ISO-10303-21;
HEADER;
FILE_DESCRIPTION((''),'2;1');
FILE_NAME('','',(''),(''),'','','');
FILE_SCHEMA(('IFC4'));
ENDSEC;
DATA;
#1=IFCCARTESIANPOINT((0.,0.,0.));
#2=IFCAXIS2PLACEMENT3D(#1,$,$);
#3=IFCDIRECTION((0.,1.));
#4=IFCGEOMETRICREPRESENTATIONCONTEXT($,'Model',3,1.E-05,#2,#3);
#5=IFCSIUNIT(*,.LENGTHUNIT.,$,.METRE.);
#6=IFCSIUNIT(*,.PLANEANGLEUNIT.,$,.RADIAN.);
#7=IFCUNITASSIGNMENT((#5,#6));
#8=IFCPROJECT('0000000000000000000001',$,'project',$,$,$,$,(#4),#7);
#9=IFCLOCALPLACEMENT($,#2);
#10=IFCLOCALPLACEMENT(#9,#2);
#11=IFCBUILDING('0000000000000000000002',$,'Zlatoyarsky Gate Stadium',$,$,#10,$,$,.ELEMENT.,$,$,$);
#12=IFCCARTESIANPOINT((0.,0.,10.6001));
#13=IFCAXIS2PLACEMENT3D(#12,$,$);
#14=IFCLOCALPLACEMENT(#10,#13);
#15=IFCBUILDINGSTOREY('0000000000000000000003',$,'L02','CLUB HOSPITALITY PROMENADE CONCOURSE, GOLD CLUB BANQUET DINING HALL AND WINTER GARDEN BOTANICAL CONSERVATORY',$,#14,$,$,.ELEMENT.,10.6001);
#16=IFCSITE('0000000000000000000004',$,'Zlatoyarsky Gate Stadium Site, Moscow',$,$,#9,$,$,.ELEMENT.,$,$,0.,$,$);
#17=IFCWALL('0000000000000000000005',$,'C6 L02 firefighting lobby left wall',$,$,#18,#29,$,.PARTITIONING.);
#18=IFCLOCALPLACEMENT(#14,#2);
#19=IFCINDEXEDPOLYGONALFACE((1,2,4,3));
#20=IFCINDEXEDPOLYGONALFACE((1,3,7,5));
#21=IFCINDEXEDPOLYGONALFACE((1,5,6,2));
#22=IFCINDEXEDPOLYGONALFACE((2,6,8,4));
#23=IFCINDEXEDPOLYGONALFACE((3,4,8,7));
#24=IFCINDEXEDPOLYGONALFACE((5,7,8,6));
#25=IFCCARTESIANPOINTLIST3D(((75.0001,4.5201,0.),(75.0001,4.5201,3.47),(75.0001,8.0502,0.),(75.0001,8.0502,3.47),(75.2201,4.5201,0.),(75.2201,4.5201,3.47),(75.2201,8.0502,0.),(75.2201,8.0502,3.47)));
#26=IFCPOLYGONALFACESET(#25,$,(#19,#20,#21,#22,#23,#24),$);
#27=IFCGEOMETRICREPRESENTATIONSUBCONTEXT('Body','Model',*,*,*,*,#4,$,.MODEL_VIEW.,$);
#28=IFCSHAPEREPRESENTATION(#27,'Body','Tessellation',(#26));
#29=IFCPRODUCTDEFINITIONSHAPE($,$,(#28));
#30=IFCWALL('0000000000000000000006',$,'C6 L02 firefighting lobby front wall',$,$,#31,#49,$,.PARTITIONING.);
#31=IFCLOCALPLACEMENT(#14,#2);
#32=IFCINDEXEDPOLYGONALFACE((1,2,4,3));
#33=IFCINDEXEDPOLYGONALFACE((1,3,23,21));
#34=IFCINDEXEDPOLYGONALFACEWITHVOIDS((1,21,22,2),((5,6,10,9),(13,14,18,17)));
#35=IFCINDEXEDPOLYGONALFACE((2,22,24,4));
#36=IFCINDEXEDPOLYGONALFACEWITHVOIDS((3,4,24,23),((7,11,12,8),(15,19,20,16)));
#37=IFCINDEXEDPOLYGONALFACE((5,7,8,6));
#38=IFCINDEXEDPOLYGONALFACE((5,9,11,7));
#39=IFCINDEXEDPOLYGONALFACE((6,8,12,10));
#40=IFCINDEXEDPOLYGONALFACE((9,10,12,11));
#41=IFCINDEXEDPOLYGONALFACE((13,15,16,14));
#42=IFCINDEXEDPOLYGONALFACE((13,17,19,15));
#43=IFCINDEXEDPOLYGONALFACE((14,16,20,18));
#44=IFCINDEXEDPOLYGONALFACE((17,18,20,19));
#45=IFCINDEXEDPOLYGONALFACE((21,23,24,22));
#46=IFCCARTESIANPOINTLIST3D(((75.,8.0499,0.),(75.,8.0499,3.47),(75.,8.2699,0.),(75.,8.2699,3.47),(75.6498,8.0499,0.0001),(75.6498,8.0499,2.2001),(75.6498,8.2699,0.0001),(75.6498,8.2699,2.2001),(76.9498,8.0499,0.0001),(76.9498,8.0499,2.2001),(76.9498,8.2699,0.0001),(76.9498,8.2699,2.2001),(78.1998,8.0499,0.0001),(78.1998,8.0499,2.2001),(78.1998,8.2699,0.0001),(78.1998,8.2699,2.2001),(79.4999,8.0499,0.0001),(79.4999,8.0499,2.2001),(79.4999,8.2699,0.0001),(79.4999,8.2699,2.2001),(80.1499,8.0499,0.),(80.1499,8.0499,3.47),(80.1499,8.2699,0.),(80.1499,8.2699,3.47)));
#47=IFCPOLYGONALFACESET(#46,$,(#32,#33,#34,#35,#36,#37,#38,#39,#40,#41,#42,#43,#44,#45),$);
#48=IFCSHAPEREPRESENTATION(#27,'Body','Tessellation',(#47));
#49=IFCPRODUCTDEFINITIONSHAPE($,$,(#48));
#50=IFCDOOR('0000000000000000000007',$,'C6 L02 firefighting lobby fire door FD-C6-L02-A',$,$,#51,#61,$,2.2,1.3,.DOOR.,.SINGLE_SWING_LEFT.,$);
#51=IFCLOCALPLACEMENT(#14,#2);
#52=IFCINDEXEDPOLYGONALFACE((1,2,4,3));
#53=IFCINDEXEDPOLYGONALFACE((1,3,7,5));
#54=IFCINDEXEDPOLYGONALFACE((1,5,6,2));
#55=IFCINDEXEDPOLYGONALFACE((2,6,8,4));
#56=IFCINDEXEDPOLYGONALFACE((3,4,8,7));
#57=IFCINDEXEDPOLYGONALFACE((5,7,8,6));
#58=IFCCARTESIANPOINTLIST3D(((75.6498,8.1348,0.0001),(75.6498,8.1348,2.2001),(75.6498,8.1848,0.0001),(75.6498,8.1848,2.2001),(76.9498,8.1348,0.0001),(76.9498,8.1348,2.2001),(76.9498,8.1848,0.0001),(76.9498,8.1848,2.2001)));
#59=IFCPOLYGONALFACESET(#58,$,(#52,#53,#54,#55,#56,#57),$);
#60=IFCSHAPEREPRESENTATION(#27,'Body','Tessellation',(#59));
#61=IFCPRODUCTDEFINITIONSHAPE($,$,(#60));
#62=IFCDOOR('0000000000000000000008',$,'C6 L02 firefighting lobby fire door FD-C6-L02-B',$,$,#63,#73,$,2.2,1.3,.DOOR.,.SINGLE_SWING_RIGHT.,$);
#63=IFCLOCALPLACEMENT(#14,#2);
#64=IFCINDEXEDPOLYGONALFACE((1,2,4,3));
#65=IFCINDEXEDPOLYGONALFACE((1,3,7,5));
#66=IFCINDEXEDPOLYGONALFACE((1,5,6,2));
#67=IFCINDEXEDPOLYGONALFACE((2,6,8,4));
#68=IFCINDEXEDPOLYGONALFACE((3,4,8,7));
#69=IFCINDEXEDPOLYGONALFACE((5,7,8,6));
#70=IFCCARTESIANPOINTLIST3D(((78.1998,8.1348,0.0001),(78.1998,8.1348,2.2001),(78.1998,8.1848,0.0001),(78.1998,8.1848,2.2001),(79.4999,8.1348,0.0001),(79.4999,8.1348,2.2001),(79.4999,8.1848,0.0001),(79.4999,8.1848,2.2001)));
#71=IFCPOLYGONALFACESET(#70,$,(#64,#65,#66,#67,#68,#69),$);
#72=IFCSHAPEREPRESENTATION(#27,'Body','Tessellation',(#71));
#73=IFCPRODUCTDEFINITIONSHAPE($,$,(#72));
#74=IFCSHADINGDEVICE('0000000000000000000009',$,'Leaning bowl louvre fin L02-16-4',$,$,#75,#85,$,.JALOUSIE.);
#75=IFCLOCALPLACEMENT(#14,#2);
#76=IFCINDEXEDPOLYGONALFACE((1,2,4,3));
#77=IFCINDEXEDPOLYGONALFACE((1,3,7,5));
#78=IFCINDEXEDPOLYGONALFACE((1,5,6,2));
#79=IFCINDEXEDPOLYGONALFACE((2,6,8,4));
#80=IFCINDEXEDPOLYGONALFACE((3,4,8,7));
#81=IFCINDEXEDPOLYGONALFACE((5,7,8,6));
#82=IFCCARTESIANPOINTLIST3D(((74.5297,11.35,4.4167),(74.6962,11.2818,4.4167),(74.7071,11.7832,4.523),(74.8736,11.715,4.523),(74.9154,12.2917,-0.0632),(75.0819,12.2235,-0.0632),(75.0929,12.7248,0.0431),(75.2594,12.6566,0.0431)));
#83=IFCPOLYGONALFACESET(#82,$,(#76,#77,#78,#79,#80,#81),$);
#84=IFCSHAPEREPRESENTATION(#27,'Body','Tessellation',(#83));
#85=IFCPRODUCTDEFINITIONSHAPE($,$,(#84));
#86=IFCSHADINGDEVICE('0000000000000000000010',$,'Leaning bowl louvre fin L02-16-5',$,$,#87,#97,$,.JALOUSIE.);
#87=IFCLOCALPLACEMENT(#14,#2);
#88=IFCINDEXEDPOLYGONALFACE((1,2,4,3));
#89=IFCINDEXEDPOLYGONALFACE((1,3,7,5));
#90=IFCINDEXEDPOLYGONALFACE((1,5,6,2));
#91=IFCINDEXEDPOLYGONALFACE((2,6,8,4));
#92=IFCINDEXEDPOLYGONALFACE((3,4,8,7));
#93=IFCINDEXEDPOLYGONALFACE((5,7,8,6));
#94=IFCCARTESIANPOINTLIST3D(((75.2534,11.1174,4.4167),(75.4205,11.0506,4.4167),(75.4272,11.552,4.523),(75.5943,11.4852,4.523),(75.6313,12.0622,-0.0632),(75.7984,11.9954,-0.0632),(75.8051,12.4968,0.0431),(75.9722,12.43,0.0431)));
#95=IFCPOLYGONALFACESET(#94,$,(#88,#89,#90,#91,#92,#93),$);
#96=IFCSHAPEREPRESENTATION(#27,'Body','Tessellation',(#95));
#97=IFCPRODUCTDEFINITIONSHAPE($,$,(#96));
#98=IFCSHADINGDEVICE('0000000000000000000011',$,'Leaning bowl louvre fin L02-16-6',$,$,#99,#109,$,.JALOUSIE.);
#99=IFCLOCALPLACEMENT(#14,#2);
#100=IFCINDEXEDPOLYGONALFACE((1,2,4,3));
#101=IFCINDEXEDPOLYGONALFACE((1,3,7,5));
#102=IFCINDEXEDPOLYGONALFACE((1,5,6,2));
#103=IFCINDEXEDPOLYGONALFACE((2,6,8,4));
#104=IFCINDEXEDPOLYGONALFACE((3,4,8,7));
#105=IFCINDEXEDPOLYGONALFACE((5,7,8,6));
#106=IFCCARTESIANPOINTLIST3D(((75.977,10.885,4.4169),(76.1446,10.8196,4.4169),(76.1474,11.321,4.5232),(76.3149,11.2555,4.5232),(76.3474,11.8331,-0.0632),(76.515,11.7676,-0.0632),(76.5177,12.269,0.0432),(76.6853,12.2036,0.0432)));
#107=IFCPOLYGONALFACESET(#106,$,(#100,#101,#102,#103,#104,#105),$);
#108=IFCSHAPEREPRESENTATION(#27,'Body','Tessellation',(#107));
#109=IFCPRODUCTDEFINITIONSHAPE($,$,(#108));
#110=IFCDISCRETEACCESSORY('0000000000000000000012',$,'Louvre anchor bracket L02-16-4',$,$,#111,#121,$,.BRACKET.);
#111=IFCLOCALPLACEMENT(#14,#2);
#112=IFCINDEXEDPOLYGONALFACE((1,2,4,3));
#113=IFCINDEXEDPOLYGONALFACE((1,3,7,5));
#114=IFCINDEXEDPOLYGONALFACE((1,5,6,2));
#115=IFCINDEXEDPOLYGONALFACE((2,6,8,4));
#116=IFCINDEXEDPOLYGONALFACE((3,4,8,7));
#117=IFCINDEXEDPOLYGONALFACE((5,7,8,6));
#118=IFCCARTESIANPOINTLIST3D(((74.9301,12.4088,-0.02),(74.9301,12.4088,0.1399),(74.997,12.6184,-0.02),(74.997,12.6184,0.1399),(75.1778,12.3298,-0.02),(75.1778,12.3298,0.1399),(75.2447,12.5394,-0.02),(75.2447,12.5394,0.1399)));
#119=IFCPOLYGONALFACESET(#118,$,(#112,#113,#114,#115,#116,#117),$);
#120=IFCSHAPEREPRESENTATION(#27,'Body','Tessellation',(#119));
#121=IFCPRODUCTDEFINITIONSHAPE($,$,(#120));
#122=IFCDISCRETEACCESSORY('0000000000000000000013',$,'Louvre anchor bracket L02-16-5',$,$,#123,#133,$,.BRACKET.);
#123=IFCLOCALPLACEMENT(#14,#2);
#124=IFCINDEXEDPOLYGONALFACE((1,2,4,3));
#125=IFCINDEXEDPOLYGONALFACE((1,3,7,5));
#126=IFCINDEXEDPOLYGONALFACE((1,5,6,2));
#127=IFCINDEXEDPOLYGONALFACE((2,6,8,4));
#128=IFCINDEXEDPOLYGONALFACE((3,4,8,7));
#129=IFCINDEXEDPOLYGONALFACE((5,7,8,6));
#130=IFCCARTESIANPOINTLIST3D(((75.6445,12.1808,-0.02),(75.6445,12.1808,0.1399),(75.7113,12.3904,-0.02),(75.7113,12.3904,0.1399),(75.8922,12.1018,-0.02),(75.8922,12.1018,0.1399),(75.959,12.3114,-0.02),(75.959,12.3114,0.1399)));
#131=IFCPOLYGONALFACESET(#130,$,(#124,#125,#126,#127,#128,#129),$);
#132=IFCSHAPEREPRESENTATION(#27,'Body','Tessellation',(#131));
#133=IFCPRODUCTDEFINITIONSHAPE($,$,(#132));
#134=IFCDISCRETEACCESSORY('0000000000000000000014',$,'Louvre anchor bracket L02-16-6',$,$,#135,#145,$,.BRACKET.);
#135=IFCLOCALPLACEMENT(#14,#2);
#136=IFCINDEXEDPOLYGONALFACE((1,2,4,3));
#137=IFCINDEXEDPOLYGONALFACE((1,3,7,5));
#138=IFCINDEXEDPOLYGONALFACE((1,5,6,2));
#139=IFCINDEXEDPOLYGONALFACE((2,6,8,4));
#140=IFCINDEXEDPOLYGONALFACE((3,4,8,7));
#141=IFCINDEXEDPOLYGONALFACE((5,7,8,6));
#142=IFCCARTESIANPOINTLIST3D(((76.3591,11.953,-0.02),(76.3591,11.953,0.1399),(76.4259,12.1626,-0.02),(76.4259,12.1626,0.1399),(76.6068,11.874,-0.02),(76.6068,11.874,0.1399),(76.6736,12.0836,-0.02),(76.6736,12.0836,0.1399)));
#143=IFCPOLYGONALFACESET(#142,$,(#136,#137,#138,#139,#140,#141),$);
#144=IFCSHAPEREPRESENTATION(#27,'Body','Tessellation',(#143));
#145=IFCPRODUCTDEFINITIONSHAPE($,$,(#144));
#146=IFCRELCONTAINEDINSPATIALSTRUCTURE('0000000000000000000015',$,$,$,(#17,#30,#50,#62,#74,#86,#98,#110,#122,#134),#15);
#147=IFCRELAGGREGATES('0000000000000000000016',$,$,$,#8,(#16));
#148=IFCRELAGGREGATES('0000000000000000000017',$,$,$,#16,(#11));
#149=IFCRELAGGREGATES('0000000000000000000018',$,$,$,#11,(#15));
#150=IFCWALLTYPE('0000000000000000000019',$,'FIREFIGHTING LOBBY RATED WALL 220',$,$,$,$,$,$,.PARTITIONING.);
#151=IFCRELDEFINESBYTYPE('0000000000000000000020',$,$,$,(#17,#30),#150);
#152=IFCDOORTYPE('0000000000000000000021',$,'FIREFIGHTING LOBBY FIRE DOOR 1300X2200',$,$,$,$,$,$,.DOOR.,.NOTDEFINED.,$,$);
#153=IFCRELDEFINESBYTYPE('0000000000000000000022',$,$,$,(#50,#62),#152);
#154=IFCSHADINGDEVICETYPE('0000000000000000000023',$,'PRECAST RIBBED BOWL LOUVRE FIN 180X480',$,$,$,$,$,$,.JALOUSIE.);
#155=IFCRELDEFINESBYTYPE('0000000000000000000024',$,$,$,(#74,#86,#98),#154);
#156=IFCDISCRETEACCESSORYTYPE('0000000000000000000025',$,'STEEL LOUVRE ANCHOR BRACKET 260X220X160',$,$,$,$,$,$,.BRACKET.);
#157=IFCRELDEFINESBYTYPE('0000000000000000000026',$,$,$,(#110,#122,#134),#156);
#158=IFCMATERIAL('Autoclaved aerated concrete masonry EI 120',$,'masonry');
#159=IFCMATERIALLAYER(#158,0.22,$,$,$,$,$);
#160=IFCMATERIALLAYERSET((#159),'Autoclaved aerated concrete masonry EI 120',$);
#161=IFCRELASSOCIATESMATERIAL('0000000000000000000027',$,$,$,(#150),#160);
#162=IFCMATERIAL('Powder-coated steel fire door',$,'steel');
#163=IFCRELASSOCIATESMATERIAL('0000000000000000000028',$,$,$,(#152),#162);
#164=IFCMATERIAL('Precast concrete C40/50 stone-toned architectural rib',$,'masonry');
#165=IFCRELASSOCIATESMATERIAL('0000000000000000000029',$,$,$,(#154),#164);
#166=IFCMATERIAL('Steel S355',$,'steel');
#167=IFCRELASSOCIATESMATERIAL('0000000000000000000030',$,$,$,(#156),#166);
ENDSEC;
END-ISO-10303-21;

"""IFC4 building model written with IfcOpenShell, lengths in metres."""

from ifc_helpers import new_model, si_unit, direction, frame, frame_2d, origin, origin_2d, place, context, subcontext, project, spatial, rectangle, extrude, material, layer, layer_set, material_profile, profile_set, type_object, element, fill, save


model = new_model("IFC4")

# Units and contexts
model_context = context("Model", 3, precision=1e-05, world=origin(), true_north=direction((0.0, 1.0)))
body_context = subcontext(model_context, "Body", "Model", "MODEL_VIEW")
ifc_project = project(units=[si_unit("LENGTHUNIT", "METRE"), si_unit("PLANEANGLEUNIT", "RADIAN")], contexts=[model_context])

# Site, building, storey
site_placement = place(None, origin())
site = spatial("IfcSite", under=ifc_project, at=site_placement, Name="Zlatoyarsky Gate Stadium Site, Moscow", CompositionType="ELEMENT", RefElevation=0.0)
building_placement = place(site_placement, origin())
building = spatial("IfcBuilding", under=site, at=building_placement, Name="Zlatoyarsky Gate Stadium", CompositionType="ELEMENT")
storey_placement = place(building_placement, frame((0.0, 0.0, 10.6001)))
storey = spatial("IfcBuildingStorey", under=building, at=storey_placement, Name="L02", Description="CLUB HOSPITALITY PROMENADE CONCOURSE, GOLD CLUB BANQUET DINING HALL AND WINTER GARDEN BOTANICAL CONSERVATORY", CompositionType="ELEMENT", Elevation=10.6001)

# Shared definitions
ifc_material_1 = material(Name="Steel S355", Category="steel")

# Shared definitions
ifc_material_2 = material(Name="Powder-coated steel fire door", Category="steel")

# Wall
ifc_material_3 = material(Name="Autoclaved aerated concrete masonry EI 120", Category="masonry")
ifc_layer_1 = layer(ifc_material_3, 0.22)
ifc_layer_set_1 = layer_set([ifc_layer_1], Name="Autoclaved aerated concrete masonry EI 120")
wall_type_1 = type_object("IfcWallType", Name="FIREFIGHTING LOBBY RATED WALL 220", PredefinedType="PARTITIONING", material=ifc_layer_set_1)
wall_1_placement = place(storey_placement, frame((75.1101, 4.52, 0.0), z_axis=(0.0, 0.0, 1.0), x_axis=(0.0, 1.0, 0.0)))
element("IfcWall", 1, at=wall_1_placement, inside=storey, type_object=wall_type_1, Name="C6 L02 firefighting lobby left wall", PredefinedType="PARTITIONING", context=body_context, shape_type="SweptSolid", body=[
    extrude(rectangle(XDim=3.53, YDim=0.22, at=frame_2d((1.7651, 0.0))), origin(), (0.0, 0.0, 1.0), 3.47),
])

# Wall, openings, doors
wall_2_placement = place(storey_placement, frame((75.0, 8.1599, 0.0), z_axis=(0.0, 0.0, 1.0), x_axis=(1.0, 0.0, 0.0)))
wall_2 = element("IfcWall", 2, at=wall_2_placement, inside=storey, type_object=wall_type_1, Name="C6 L02 firefighting lobby front wall", PredefinedType="PARTITIONING", context=body_context, shape_type="SweptSolid", body=[
    extrude(rectangle(XDim=5.1499, YDim=0.22, at=frame_2d((2.575, 0.0))), origin(), (0.0, 0.0, 1.0), 3.47),
])
opening_1_placement = place(wall_2_placement, frame((0.6499, 0.0, 0.0)))
opening_1 = element("IfcOpeningElement", 3, at=opening_1_placement, cuts=wall_2, PredefinedType="OPENING", context=body_context, shape_type="SweptSolid", body=[
    extrude(rectangle(XDim=1.3, YDim=2.2, at=frame_2d((0.6499, 1.1001))), frame((0.0, 0.1199, 0.0), z_axis=(0.0, -1.0, 0.0), x_axis=(1.0, 0.0, 0.0)), (0.0, 0.0, 1.0), 0.24),
])
opening_2_placement = place(wall_2_placement, frame((3.2, 0.0, 0.0)))
opening_2 = element("IfcOpeningElement", 4, at=opening_2_placement, cuts=wall_2, PredefinedType="OPENING", context=body_context, shape_type="SweptSolid", body=[
    extrude(rectangle(XDim=1.3, YDim=2.2, at=frame_2d((0.6499, 1.1001))), frame((0.0, 0.1199, 0.0), z_axis=(0.0, -1.0, 0.0), x_axis=(1.0, 0.0, 0.0)), (0.0, 0.0, 1.0), 0.24),
])
door_type_1 = type_object("IfcDoorType", Name="FIREFIGHTING LOBBY FIRE DOOR 1300X2200", OperationType="NOTDEFINED", PredefinedType="DOOR", material=ifc_material_2)
door_1_placement = place(opening_1_placement, origin())
door_1 = element("IfcDoor", 5, at=door_1_placement, inside=storey, type_object=door_type_1, Name="C6 L02 firefighting lobby fire door FD-C6-L02-A", OperationType="SINGLE_SWING_LEFT", OverallHeight=2.2, OverallWidth=1.3, PredefinedType="DOOR", context=body_context, shape_type="SweptSolid", body=[
    extrude(rectangle(XDim=1.3, YDim=2.2, at=frame_2d((0.6499, 1.1001))), frame((0.0, 0.0249, 0.0), z_axis=(0.0, -1.0, 0.0), x_axis=(1.0, 0.0, 0.0)), (0.0, 0.0, 1.0), 0.05),
])
fill(opening_1, door_1)
door_2_placement = place(opening_2_placement, origin())
door_2 = element("IfcDoor", 6, at=door_2_placement, inside=storey, type_object=door_type_1, Name="C6 L02 firefighting lobby fire door FD-C6-L02-B", OperationType="SINGLE_SWING_RIGHT", OverallHeight=2.2, OverallWidth=1.3, PredefinedType="DOOR", context=body_context, shape_type="SweptSolid", body=[
    extrude(rectangle(XDim=1.3, YDim=2.2, at=frame_2d((0.6499, 1.1001))), frame((0.0, 0.0249, 0.0), z_axis=(0.0, -1.0, 0.0), x_axis=(1.0, 0.0, 0.0)), (0.0, 0.0, 1.0), 0.05),
])
fill(opening_2, door_2)

# Shading devices
ifc_material_4 = material(Name="Precast concrete C40/50 stone-toned architectural rib", Category="masonry")
ifc_material_profile_1 = material_profile(ifc_material_4, rectangle(XDim=0.1799, YDim=0.48, at=origin_2d()), Name="RIB 180X480")
ifc_profile_set_1 = profile_set([ifc_material_profile_1], Name="Precast concrete C40/50 stone-toned architectural rib")
shading_device_type = type_object("IfcShadingDeviceType", Name="PRECAST RIBBED BOWL LOUVRE FIN 180X480", PredefinedType="JALOUSIE", material=ifc_profile_set_1)
for number, where, z_axis, x_axis, name in (
    (7, (75.0874, 12.4741, -0.01), (-0.083965, -0.20497, 0.97516), (0.925367, -0.379072, 0.0), "Leaning bowl louvre fin L02-16-4"),
    (8, (75.8018, 12.2461, -0.01), (-0.082264, -0.20566, 0.97516), (0.928477, -0.371391, 0.0), "Leaning bowl louvre fin L02-16-5"),
):
    element("IfcShadingDevice", number, at=place(storey_placement, frame(where, z_axis=z_axis, x_axis=x_axis)), inside=storey, type_object=shading_device_type, Name=name, PredefinedType="JALOUSIE", context=body_context, shape_type="SweptSolid", body=[
        extrude(rectangle(XDim=0.1799, YDim=0.48, at=origin_2d()), origin(), (0.0, 0.0, 1.0), 4.594),
    ])
shading_device_placement = place(storey_placement, frame((76.5164, 12.0183, -0.01), z_axis=(-0.080616, -0.20635, 0.975152), x_axis=(0.931441, -0.363893, 0.0)))
element("IfcShadingDevice", 9, at=shading_device_placement, inside=storey, type_object=shading_device_type, Name="Leaning bowl louvre fin L02-16-6", PredefinedType="JALOUSIE", context=body_context, shape_type="SweptSolid", body=[
    extrude(rectangle(XDim=0.1799, YDim=0.48, at=origin_2d()), origin(), (0.0, 0.0, 1.0), 4.5942),
])

# Discrete accessories
discrete_accessory_type = type_object("IfcDiscreteAccessoryType", Name="STEEL LOUVRE ANCHOR BRACKET 260X220X160", PredefinedType="BRACKET", material=ifc_material_1)
for number, where, z_axis, x_axis, name in (
    (10, (75.0874, 12.4741, -0.02), (0.0, 0.0, 1.0), (0.952731, -0.303815, 0.0), "Louvre anchor bracket L02-16-4"),
    (11, (75.8018, 12.2461, -0.02), (0.0, 0.0, 1.0), (0.952731, -0.303815, 0.0), "Louvre anchor bracket L02-16-5"),
    (12, (76.5164, 12.0183, -0.02), (0.0, 0.0, 1.0), (0.952731, -0.303815, 0.0), "Louvre anchor bracket L02-16-6"),
):
    element("IfcDiscreteAccessory", number, at=place(storey_placement, frame(where, z_axis=z_axis, x_axis=x_axis)), inside=storey, type_object=discrete_accessory_type, Name=name, PredefinedType="BRACKET", context=body_context, shape_type="SweptSolid", body=[
        extrude(rectangle(XDim=0.26, YDim=0.22, at=origin_2d()), origin(), (0.0, 0.0, 1.0), 0.1599),
    ])

save(model, "model.ifc")
